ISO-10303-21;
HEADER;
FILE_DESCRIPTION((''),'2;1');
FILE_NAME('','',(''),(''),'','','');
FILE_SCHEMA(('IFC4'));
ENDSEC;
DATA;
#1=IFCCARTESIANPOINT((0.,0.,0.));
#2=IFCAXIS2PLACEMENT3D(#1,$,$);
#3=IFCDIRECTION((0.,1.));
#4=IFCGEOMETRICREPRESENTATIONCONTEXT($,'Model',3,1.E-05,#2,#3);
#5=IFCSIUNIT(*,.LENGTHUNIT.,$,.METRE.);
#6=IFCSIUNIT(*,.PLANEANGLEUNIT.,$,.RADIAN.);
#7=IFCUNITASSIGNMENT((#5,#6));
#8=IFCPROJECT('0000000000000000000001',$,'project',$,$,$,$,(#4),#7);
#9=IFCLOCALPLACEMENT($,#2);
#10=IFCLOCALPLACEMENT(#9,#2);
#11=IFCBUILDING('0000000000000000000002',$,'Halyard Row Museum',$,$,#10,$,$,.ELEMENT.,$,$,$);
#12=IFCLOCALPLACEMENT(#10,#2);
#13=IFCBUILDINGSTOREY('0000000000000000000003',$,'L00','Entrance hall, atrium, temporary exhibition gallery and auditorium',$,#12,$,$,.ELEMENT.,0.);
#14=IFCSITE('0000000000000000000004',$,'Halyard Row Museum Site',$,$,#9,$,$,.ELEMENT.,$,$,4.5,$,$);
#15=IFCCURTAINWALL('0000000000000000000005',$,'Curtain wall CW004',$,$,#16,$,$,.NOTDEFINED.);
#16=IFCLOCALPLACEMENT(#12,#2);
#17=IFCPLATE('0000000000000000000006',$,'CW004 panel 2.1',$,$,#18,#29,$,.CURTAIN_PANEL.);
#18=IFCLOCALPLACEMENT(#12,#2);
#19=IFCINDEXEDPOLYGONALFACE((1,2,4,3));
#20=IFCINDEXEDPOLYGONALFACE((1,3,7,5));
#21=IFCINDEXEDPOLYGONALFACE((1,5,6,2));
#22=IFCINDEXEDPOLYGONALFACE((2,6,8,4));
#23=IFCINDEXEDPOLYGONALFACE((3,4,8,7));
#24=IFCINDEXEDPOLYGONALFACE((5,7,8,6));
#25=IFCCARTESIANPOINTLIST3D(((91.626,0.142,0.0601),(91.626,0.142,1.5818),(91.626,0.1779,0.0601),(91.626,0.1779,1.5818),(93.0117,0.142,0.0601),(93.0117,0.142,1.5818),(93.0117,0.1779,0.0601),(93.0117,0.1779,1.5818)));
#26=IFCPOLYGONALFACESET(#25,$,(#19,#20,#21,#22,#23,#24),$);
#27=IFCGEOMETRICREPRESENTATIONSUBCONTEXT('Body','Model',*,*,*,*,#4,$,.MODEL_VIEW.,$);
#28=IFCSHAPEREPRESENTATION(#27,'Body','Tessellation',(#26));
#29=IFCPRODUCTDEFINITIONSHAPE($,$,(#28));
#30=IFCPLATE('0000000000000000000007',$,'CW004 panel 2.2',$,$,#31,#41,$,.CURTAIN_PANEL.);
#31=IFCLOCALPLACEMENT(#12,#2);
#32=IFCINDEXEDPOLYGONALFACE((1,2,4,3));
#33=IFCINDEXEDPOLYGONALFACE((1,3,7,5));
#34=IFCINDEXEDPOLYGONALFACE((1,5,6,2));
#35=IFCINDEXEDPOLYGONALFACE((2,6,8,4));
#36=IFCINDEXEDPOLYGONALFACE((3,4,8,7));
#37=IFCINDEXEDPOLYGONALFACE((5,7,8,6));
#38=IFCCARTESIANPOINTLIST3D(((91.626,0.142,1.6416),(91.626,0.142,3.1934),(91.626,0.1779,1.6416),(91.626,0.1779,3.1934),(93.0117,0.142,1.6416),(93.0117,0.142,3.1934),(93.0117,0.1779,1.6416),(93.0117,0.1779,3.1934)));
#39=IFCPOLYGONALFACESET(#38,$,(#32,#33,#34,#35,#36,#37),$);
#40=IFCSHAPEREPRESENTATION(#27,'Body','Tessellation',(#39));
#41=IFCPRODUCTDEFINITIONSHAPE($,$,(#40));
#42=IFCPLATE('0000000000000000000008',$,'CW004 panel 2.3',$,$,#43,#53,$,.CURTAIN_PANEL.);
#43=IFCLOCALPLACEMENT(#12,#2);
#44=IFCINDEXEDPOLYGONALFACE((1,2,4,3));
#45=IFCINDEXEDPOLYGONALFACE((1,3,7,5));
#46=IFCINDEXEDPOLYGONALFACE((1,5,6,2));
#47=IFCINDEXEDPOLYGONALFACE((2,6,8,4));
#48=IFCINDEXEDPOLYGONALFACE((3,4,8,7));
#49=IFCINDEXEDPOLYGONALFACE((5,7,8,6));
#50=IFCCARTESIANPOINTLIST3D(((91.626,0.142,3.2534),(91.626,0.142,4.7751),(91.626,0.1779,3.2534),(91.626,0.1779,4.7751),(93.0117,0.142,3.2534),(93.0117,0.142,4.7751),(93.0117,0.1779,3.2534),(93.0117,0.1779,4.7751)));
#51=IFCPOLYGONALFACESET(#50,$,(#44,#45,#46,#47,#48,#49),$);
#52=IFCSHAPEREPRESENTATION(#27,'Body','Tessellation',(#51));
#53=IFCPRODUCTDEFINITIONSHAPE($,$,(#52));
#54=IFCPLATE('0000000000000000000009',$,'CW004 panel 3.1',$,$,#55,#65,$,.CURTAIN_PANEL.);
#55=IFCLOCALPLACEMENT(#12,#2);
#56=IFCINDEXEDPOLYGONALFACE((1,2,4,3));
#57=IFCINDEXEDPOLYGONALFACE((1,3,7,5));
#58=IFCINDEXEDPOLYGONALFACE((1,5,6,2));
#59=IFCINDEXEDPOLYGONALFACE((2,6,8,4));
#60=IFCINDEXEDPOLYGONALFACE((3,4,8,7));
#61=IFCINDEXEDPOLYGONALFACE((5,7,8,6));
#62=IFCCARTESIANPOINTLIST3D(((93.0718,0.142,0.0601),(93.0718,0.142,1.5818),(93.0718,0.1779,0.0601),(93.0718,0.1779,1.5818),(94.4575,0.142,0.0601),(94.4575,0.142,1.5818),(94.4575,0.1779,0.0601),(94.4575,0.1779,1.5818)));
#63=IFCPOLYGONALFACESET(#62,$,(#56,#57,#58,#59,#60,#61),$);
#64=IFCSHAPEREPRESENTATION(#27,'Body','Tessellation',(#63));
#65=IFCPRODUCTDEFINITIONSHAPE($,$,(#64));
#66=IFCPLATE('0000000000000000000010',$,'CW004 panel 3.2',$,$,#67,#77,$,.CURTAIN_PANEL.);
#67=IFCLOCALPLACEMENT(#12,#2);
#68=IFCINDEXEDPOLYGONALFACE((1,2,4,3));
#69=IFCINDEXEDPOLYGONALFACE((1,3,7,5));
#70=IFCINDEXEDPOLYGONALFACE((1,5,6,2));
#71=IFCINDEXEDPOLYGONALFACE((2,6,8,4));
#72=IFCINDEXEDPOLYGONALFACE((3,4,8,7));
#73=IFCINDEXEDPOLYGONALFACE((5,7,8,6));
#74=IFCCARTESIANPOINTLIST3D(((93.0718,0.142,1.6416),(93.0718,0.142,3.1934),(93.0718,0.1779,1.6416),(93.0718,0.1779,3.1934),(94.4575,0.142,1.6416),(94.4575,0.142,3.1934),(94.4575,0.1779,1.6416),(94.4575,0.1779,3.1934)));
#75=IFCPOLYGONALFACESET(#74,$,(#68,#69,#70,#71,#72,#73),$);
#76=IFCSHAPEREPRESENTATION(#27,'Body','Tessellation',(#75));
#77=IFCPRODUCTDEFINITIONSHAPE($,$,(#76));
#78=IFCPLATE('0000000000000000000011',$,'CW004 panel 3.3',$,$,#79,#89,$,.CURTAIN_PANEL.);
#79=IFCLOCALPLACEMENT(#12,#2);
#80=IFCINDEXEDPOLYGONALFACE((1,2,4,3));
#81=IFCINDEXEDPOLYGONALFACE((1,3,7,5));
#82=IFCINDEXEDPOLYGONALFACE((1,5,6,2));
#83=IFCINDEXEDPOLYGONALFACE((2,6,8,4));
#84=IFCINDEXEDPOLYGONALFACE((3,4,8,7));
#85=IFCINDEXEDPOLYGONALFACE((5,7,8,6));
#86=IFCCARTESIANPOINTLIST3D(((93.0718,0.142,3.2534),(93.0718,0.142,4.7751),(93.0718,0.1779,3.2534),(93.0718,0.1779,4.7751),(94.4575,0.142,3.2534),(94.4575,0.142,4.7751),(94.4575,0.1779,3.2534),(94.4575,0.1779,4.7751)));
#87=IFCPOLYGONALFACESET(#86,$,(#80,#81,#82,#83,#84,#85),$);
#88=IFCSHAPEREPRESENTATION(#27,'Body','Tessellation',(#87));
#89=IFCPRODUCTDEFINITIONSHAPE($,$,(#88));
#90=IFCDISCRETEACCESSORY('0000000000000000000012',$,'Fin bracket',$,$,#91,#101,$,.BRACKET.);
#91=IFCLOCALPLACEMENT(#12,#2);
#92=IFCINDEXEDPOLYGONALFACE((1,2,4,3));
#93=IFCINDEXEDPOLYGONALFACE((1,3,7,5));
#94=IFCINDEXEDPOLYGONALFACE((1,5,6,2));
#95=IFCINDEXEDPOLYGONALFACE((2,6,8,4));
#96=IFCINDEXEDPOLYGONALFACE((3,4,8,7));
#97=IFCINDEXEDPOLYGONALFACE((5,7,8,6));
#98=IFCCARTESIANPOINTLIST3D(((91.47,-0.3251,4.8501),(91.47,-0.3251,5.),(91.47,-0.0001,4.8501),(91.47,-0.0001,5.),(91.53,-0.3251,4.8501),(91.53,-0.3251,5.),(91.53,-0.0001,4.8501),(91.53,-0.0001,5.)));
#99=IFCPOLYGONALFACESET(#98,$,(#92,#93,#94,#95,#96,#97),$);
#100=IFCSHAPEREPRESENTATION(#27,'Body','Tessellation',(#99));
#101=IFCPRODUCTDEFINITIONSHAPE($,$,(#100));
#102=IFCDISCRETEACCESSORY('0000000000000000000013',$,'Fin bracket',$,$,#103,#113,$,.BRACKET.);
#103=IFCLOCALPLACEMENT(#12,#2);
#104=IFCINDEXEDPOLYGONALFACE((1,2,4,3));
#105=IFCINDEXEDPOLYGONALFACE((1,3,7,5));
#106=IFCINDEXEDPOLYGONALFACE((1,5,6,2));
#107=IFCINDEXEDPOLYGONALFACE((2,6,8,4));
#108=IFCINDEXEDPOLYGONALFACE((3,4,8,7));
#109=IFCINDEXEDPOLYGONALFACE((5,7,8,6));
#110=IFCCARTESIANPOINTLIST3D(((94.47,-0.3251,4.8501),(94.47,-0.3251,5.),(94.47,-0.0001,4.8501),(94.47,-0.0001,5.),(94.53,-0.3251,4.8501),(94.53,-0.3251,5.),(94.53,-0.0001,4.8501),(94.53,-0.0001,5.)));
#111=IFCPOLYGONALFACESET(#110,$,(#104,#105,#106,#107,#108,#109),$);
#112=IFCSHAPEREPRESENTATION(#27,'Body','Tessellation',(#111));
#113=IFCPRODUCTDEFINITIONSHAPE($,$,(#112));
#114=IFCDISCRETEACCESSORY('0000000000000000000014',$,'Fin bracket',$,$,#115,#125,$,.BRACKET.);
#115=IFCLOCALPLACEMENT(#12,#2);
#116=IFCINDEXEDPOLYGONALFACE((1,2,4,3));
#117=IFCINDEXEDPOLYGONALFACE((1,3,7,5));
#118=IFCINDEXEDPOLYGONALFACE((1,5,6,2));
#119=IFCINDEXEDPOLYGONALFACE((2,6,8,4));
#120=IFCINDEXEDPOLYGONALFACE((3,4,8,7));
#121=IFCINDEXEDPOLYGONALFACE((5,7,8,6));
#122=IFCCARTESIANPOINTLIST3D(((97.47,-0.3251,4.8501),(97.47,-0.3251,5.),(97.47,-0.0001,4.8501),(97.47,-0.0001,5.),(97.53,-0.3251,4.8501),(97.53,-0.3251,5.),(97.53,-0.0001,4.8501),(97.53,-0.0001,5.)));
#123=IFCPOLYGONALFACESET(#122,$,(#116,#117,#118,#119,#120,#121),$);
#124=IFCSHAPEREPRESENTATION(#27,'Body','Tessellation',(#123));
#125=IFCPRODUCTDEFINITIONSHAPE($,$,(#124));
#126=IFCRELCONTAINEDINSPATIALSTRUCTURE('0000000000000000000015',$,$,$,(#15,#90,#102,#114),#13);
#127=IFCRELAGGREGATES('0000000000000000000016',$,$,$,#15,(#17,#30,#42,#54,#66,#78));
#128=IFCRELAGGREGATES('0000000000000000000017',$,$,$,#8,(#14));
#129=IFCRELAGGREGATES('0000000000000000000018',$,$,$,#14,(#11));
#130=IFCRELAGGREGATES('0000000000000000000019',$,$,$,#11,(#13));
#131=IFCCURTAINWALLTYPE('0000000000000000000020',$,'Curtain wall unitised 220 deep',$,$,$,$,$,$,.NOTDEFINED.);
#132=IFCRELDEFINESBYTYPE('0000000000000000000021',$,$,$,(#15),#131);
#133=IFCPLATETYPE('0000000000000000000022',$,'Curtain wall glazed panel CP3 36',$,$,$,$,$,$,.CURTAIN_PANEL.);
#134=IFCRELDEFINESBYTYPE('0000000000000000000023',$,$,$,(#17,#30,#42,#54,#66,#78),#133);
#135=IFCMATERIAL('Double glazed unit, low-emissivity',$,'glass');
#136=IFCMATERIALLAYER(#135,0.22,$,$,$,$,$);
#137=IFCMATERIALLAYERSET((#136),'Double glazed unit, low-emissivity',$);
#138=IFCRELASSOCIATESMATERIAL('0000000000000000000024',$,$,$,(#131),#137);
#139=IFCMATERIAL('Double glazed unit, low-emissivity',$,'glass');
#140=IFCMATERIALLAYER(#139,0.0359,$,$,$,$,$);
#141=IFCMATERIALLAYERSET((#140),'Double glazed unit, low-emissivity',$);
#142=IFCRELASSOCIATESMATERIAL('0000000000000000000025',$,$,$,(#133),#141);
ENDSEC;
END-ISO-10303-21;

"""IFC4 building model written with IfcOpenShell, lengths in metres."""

from ifc_helpers import new_model, si_unit, direction, frame, origin, origin_2d, place, context, subcontext, project, spatial, rectangle, extrude, material, layer, layer_set, type_object, element, aggregate, save


model = new_model("IFC4")

# Units and contexts
model_context = context("Model", 3, precision=1e-05, world=origin(), true_north=direction((0.0, 1.0)))
body_context = subcontext(model_context, "Body", "Model", "MODEL_VIEW")
ifc_project = project(units=[si_unit("LENGTHUNIT", "METRE"), si_unit("PLANEANGLEUNIT", "RADIAN")], contexts=[model_context])

# Site, building, storey
site_placement = place(None, origin())
site = spatial("IfcSite", under=ifc_project, at=site_placement, Name="Halyard Row Museum Site", CompositionType="ELEMENT", RefElevation=4.5)
building_placement = place(site_placement, origin())
building = spatial("IfcBuilding", under=site, at=building_placement, Name="Halyard Row Museum", CompositionType="ELEMENT")
storey_placement = place(building_placement, origin())
storey = spatial("IfcBuildingStorey", under=building, at=storey_placement, Name="L00", Description="Entrance hall, atrium, temporary exhibition gallery and auditorium", CompositionType="ELEMENT", Elevation=0.0)

# Curtain wall, plates
ifc_material_1 = material(Name="Double glazed unit, low-emissivity", Category="glass")
ifc_layer_1 = layer(ifc_material_1, 0.22)
ifc_layer_set_1 = layer_set([ifc_layer_1], Name="Double glazed unit, low-emissivity")
curtain_wall_type = type_object("IfcCurtainWallType", Name="Curtain wall unitised 220 deep", PredefinedType="NOTDEFINED", material=ifc_layer_set_1)
curtain_wall_placement = place(storey_placement, origin())
curtain_wall = element("IfcCurtainWall", 1, at=curtain_wall_placement, inside=storey, type_object=curtain_wall_type, Name="Curtain wall CW004", PredefinedType="NOTDEFINED")
ifc_material_2 = material(Name="Double glazed unit, low-emissivity", Category="glass")
ifc_layer_2 = layer(ifc_material_2, 0.0359)
ifc_layer_set_2 = layer_set([ifc_layer_2], Name="Double glazed unit, low-emissivity")
plate_type = type_object("IfcPlateType", Name="Curtain wall glazed panel CP3 36", PredefinedType="CURTAIN_PANEL", material=ifc_layer_set_2)
plate_1_placement = place(storey_placement, frame((92.3188, 0.1599, 0.0601), z_axis=(0.0, 0.0, 1.0), x_axis=(1.0, 0.0, 0.0)))
plate_1 = element("IfcPlate", 2, at=plate_1_placement, type_object=plate_type, Name="CW004 panel 2.1", PredefinedType="CURTAIN_PANEL", context=body_context, shape_type="SweptSolid", body=[
    extrude(rectangle(XDim=1.3857, YDim=0.0359, at=origin_2d()), origin(), (0.0, 0.0, 1.0), 1.5217),
])
plate_2_placement = place(storey_placement, frame((92.3188, 0.1599, 1.6416), z_axis=(0.0, 0.0, 1.0), x_axis=(1.0, 0.0, 0.0)))
plate_2 = element("IfcPlate", 3, at=plate_2_placement, type_object=plate_type, Name="CW004 panel 2.2", PredefinedType="CURTAIN_PANEL", context=body_context, shape_type="SweptSolid", body=[
    extrude(rectangle(XDim=1.3857, YDim=0.0359, at=origin_2d()), origin(), (0.0, 0.0, 1.0), 1.5518),
])
plate_3_placement = place(storey_placement, frame((92.3188, 0.1599, 3.2534), z_axis=(0.0, 0.0, 1.0), x_axis=(1.0, 0.0, 0.0)))
plate_3 = element("IfcPlate", 4, at=plate_3_placement, type_object=plate_type, Name="CW004 panel 2.3", PredefinedType="CURTAIN_PANEL", context=body_context, shape_type="SweptSolid", body=[
    extrude(rectangle(XDim=1.3857, YDim=0.0359, at=origin_2d()), origin(), (0.0, 0.0, 1.0), 1.5217),
])
plate_4_placement = place(storey_placement, frame((93.7646, 0.1599, 0.0601), z_axis=(0.0, 0.0, 1.0), x_axis=(1.0, 0.0, 0.0)))
plate_4 = element("IfcPlate", 5, at=plate_4_placement, type_object=plate_type, Name="CW004 panel 3.1", PredefinedType="CURTAIN_PANEL", context=body_context, shape_type="SweptSolid", body=[
    extrude(rectangle(XDim=1.3857, YDim=0.0359, at=origin_2d()), origin(), (0.0, 0.0, 1.0), 1.5217),
])
plate_5_placement = place(storey_placement, frame((93.7646, 0.1599, 1.6416), z_axis=(0.0, 0.0, 1.0), x_axis=(1.0, 0.0, 0.0)))
plate_5 = element("IfcPlate", 6, at=plate_5_placement, type_object=plate_type, Name="CW004 panel 3.2", PredefinedType="CURTAIN_PANEL", context=body_context, shape_type="SweptSolid", body=[
    extrude(rectangle(XDim=1.3857, YDim=0.0359, at=origin_2d()), origin(), (0.0, 0.0, 1.0), 1.5518),
])
plate_6_placement = place(storey_placement, frame((93.7646, 0.1599, 3.2534), z_axis=(0.0, 0.0, 1.0), x_axis=(1.0, 0.0, 0.0)))
plate_6 = element("IfcPlate", 7, at=plate_6_placement, type_object=plate_type, Name="CW004 panel 3.3", PredefinedType="CURTAIN_PANEL", context=body_context, shape_type="SweptSolid", body=[
    extrude(rectangle(XDim=1.3857, YDim=0.0359, at=origin_2d()), origin(), (0.0, 0.0, 1.0), 1.5217),
])
aggregate(curtain_wall, [plate_1, plate_2, plate_3, plate_4, plate_5, plate_6])

# Discrete accessories
for number, where, z_axis, x_axis, name in (
    (8, (91.5, -0.1626, 4.8501), (0.0, 0.0, 1.0), (1.0, 0.0, 0.0), "Fin bracket"),
    (9, (94.5, -0.1626, 4.8501), (0.0, 0.0, 1.0), (1.0, 0.0, 0.0), "Fin bracket"),
    (10, (97.5, -0.1626, 4.8501), (0.0, 0.0, 1.0), (1.0, 0.0, 0.0), "Fin bracket"),
):
    element("IfcDiscreteAccessory", number, at=place(storey_placement, frame(where, z_axis=z_axis, x_axis=x_axis)), inside=storey, Name=name, PredefinedType="BRACKET", context=body_context, shape_type="SweptSolid", body=[
        extrude(rectangle(XDim=0.0601, YDim=0.325, at=origin_2d()), origin(), (0.0, 0.0, 1.0), 0.1499),
    ])

save(model, "model.ifc")
